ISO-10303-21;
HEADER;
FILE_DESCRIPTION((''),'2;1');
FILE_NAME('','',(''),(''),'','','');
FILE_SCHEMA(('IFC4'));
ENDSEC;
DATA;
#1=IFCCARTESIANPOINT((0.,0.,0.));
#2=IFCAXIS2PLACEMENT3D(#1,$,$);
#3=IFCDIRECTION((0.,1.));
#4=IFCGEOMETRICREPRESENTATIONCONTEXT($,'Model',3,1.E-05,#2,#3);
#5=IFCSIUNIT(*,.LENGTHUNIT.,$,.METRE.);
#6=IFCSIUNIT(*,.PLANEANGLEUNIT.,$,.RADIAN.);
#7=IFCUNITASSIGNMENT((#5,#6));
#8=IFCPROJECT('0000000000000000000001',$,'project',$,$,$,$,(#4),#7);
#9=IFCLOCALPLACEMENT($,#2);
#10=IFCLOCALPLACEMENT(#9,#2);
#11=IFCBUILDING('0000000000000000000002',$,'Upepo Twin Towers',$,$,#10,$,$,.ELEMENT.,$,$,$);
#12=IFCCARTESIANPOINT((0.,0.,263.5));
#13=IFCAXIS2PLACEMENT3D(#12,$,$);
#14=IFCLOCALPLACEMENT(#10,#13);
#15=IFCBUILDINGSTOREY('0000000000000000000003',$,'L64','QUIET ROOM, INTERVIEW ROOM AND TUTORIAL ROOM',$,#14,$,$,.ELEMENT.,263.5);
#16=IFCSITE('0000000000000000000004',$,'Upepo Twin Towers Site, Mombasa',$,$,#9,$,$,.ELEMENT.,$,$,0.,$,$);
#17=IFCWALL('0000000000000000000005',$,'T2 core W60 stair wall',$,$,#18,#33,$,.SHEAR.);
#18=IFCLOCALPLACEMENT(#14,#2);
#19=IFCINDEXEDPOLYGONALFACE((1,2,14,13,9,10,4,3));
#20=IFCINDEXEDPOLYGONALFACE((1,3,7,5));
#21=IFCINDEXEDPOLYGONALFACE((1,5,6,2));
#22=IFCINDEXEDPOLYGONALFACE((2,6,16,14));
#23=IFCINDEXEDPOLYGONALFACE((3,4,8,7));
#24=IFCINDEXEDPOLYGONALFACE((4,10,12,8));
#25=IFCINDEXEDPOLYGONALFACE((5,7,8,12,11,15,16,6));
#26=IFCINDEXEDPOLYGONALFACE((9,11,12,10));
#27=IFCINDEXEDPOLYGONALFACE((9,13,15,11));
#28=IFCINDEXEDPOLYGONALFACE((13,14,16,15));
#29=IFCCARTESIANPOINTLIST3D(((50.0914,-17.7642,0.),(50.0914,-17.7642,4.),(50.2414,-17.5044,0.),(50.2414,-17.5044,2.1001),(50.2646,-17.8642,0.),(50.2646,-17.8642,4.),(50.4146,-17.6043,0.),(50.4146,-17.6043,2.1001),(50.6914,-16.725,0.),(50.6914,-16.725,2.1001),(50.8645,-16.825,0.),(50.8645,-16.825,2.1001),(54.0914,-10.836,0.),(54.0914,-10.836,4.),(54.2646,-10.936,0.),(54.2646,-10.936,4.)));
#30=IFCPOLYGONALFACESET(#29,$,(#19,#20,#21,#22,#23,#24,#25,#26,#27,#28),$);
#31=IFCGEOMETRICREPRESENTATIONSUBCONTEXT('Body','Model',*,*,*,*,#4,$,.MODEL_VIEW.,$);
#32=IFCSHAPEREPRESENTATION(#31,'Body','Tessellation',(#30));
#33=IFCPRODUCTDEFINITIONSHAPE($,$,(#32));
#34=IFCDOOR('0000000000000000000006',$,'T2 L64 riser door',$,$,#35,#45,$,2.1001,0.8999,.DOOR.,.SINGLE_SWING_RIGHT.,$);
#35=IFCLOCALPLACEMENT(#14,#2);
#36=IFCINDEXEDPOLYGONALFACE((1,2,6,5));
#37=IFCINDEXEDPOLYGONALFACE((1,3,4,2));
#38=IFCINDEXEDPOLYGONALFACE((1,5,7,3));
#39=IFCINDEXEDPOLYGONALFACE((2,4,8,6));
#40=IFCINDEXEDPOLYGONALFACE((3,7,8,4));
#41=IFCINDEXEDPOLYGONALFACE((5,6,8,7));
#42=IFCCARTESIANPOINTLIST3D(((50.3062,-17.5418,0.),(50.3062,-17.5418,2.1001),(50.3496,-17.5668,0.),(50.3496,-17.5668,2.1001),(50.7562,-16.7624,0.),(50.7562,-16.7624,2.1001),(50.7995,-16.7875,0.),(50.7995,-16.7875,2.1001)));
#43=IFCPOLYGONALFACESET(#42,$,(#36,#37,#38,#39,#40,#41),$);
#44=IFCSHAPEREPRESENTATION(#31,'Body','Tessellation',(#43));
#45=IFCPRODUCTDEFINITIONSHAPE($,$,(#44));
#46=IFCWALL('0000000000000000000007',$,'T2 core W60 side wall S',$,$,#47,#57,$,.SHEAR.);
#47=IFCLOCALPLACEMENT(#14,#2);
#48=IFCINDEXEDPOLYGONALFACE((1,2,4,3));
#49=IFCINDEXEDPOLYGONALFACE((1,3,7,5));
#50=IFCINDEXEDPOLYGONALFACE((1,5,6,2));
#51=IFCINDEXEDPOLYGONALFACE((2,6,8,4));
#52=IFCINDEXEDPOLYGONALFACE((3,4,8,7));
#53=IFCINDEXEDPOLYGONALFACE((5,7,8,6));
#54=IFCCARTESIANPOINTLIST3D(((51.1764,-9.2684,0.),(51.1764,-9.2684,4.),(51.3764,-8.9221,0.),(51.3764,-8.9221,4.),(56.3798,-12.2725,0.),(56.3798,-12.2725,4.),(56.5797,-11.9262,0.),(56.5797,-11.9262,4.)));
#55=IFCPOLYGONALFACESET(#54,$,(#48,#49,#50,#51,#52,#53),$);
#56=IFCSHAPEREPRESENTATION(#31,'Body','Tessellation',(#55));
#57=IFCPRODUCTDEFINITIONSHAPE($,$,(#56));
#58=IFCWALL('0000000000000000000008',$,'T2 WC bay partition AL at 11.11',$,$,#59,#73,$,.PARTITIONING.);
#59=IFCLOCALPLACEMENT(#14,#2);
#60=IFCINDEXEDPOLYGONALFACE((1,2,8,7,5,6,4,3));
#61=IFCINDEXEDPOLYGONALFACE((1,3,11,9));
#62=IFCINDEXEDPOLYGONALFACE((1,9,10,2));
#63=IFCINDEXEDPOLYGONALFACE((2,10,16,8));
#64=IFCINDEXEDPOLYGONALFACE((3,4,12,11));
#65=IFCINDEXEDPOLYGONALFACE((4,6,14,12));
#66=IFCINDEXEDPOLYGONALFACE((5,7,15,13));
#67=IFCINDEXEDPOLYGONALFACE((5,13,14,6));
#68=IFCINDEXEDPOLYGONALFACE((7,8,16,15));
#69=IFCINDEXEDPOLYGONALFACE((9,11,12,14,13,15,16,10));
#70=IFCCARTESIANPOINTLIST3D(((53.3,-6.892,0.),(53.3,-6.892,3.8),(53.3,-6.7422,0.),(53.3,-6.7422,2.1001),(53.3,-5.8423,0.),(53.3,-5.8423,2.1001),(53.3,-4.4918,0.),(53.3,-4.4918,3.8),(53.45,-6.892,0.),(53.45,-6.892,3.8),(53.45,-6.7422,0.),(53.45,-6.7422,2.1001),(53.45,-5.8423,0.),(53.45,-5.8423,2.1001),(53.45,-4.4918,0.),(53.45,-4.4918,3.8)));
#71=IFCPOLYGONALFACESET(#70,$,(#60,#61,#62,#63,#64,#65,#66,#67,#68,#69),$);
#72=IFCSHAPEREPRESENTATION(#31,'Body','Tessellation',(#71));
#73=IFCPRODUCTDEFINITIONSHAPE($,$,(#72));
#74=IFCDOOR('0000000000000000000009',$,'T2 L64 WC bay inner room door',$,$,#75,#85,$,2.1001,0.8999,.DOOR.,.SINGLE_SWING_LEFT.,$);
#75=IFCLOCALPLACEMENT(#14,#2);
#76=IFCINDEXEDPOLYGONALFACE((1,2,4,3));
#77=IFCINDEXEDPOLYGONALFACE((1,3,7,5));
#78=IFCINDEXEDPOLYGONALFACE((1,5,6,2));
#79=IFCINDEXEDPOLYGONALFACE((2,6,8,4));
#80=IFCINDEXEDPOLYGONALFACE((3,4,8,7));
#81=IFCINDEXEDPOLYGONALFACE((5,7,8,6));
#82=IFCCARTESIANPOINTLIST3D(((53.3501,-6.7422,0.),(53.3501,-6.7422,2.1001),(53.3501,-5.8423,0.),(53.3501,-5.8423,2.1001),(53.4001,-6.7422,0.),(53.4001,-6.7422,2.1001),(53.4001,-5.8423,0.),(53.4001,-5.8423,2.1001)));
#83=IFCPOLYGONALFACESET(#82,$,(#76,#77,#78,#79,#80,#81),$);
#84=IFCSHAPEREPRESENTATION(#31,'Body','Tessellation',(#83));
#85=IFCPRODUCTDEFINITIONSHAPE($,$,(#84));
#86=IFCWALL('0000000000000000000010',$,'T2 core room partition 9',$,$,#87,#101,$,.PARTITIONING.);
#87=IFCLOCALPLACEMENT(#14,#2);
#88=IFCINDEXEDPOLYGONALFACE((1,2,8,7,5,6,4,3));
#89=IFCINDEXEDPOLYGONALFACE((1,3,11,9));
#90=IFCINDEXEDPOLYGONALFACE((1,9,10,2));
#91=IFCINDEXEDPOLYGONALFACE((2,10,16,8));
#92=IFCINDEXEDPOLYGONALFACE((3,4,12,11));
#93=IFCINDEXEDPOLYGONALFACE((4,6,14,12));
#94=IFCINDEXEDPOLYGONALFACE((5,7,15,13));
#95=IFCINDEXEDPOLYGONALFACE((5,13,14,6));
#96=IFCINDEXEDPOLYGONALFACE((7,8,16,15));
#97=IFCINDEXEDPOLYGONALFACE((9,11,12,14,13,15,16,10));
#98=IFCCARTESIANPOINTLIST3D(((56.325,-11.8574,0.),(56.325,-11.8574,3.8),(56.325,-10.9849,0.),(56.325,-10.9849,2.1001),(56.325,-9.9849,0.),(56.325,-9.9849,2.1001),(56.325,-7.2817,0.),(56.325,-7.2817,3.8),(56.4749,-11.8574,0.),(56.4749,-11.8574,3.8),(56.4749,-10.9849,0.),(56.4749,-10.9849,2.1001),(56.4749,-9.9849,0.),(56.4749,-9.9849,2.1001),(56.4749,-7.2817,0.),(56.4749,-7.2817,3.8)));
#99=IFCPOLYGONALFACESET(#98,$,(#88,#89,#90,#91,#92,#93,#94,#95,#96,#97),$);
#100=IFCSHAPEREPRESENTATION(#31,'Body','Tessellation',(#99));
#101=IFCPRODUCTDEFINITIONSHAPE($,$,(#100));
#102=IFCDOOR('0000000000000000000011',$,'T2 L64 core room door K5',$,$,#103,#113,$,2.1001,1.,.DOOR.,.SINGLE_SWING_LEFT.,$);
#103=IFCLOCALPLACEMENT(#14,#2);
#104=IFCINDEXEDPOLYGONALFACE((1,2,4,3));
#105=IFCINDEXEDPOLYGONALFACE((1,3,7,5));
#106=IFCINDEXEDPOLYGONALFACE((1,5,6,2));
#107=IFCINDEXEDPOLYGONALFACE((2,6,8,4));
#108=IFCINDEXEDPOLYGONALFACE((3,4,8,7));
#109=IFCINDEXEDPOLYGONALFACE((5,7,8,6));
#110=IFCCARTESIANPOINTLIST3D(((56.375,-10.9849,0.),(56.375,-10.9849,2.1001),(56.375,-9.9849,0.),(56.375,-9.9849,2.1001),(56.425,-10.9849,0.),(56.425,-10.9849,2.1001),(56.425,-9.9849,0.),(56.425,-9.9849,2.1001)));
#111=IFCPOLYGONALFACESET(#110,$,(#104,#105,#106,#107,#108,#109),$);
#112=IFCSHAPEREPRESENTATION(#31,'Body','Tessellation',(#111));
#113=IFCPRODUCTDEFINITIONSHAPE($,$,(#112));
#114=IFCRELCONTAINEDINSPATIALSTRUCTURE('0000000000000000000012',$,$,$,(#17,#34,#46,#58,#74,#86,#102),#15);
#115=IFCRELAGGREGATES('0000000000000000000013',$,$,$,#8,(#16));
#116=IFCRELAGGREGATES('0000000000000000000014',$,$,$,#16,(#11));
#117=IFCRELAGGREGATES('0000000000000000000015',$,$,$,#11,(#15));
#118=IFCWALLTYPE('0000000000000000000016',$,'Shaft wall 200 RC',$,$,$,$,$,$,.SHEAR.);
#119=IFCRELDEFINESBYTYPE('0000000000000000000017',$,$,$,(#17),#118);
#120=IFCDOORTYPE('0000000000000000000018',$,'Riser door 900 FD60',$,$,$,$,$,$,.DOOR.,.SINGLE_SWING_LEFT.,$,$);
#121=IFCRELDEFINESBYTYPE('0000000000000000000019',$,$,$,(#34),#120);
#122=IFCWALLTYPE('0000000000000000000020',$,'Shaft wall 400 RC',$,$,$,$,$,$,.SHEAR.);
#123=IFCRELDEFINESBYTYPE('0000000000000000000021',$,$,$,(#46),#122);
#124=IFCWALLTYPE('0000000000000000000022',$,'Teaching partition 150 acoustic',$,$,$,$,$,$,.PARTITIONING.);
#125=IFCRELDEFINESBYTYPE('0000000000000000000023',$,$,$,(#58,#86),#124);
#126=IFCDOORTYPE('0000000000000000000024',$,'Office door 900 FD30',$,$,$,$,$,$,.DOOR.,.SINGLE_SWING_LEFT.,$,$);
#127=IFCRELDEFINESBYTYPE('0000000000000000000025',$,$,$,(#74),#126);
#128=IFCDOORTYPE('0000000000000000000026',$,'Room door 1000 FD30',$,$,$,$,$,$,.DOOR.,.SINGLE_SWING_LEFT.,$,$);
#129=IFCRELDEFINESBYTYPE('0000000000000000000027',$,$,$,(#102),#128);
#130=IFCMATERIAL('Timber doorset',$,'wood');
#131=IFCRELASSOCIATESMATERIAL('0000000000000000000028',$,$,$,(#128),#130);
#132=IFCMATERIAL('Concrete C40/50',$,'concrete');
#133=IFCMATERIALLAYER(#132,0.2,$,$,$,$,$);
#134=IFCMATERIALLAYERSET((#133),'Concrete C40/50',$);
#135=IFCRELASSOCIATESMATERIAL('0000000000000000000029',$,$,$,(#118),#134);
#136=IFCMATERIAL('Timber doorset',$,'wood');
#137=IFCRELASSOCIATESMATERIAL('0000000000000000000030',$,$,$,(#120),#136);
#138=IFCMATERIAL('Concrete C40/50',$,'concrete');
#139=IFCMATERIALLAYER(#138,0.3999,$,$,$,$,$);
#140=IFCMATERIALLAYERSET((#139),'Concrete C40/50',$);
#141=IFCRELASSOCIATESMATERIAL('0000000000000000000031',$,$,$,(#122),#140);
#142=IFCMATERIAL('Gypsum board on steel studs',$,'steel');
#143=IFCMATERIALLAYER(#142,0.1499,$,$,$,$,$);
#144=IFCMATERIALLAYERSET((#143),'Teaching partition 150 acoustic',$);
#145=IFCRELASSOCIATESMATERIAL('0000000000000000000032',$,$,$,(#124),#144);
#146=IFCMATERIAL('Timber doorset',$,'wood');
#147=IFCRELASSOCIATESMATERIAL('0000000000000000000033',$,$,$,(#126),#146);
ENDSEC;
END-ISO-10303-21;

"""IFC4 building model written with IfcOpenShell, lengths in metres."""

from ifc_helpers import new_model, si_unit, direction, frame, frame_2d, origin, place, context, subcontext, project, spatial, rectangle, extrude, material, layer, layer_set, type_object, element, fill, save


model = new_model("IFC4")

# Units and contexts
model_context = context("Model", 3, precision=1e-05, world=origin(), true_north=direction((0.0, 1.0)))
body_context = subcontext(model_context, "Body", "Model", "MODEL_VIEW")
ifc_project = project(units=[si_unit("LENGTHUNIT", "METRE"), si_unit("PLANEANGLEUNIT", "RADIAN")], contexts=[model_context])

# Site, building, storey
site_placement = place(None, origin())
site = spatial("IfcSite", under=ifc_project, at=site_placement, Name="Upepo Twin Towers Site, Mombasa", CompositionType="ELEMENT", RefElevation=0.0)
building_placement = place(site_placement, origin())
building = spatial("IfcBuilding", under=site, at=building_placement, Name="Upepo Twin Towers", CompositionType="ELEMENT")
storey_placement = place(building_placement, frame((0.0, 0.0, 263.5)))
storey = spatial("IfcBuildingStorey", under=building, at=storey_placement, Name="L64", Description="QUIET ROOM, INTERVIEW ROOM AND TUTORIAL ROOM", CompositionType="ELEMENT", Elevation=263.5)

# Shared definitions
ifc_material_1 = material(Name="Timber doorset", Category="wood")
door_type_1 = type_object("IfcDoorType", Name="Room door 1000 FD30", OperationType="SINGLE_SWING_LEFT", PredefinedType="DOOR", material=ifc_material_1)

# Shared definitions
ifc_material_2 = material(Name="Concrete C40/50", Category="concrete")
ifc_layer_1 = layer(ifc_material_2, 0.2)
ifc_layer_set_1 = layer_set([ifc_layer_1], Name="Concrete C40/50")
wall_type_1 = type_object("IfcWallType", Name="Shaft wall 200 RC", PredefinedType="SHEAR", material=ifc_layer_set_1)
ifc_material_3 = material(Name="Timber doorset", Category="wood")
door_type_2 = type_object("IfcDoorType", Name="Riser door 900 FD60", OperationType="SINGLE_SWING_LEFT", PredefinedType="DOOR", material=ifc_material_3)

# Wall, opening, door
wall_1_placement = place(storey_placement, frame((54.178, -10.886, 0.0), z_axis=(0.0, 0.0, 1.0), x_axis=(-0.499999, -0.866026, 0.0)))
wall_1 = element("IfcWall", 1, at=wall_1_placement, inside=storey, type_object=wall_type_1, Name="T2 core W60 stair wall", PredefinedType="SHEAR", context=body_context, shape_type="SweptSolid", body=[
    extrude(rectangle(XDim=8.0, YDim=0.2, at=frame_2d((4.0, 0.0))), origin(), (0.0, 0.0, 1.0), 4.0),
])
opening_1_placement = place(wall_1_placement, frame((6.8, 0.0, 0.0)))
opening_1 = element("IfcOpeningElement", 2, at=opening_1_placement, cuts=wall_1, PredefinedType="OPENING", context=body_context, shape_type="SweptSolid", body=[
    extrude(rectangle(XDim=0.8999, YDim=2.1001, at=frame_2d((0.45, 1.05))), frame((0.0, 0.1099, 0.0), z_axis=(0.0, -1.0, 0.0), x_axis=(1.0, 0.0, 0.0)), (0.0, 0.0, 1.0), 0.22),
])
door_1_placement = place(opening_1_placement, origin())
door_1 = element("IfcDoor", 3, at=door_1_placement, inside=storey, type_object=door_type_2, Name="T2 L64 riser door", OperationType="SINGLE_SWING_RIGHT", OverallHeight=2.1001, OverallWidth=0.8999, PredefinedType="DOOR", context=body_context, shape_type="SweptSolid", body=[
    extrude(rectangle(XDim=0.8999, YDim=2.1001, at=frame_2d((0.45, 1.05))), frame((0.0, 0.0249, 0.0), z_axis=(0.0, -1.0, 0.0), x_axis=(1.0, 0.0, 0.0)), (0.0, 0.0, 1.0), 0.05),
])
fill(opening_1, door_1)

# Wall
ifc_material_4 = material(Name="Concrete C40/50", Category="concrete")
ifc_layer_2 = layer(ifc_material_4, 0.3999)
ifc_layer_set_2 = layer_set([ifc_layer_2], Name="Concrete C40/50")
wall_type_2 = type_object("IfcWallType", Name="Shaft wall 400 RC", PredefinedType="SHEAR", material=ifc_layer_set_2)
wall_2_placement = place(storey_placement, frame((56.4797, -12.0994, 0.0), z_axis=(0.0, 0.0, 1.0), x_axis=(-0.866027, 0.499998, 0.0)))
element("IfcWall", 4, at=wall_2_placement, inside=storey, type_object=wall_type_2, Name="T2 core W60 side wall S", PredefinedType="SHEAR", context=body_context, shape_type="SweptSolid", body=[
    extrude(rectangle(XDim=6.0083, YDim=0.3999, at=frame_2d((3.0042, 0.0))), origin(), (0.0, 0.0, 1.0), 4.0),
])

# Walls, openings, doors
ifc_material_5 = material(Name="Gypsum board on steel studs", Category="steel")
ifc_layer_3 = layer(ifc_material_5, 0.1499)
ifc_layer_set_3 = layer_set([ifc_layer_3], Name="Teaching partition 150 acoustic")
wall_type_3 = type_object("IfcWallType", Name="Teaching partition 150 acoustic", PredefinedType="PARTITIONING", material=ifc_layer_set_3)
wall_3_placement = place(storey_placement, frame((53.375, -6.8921, 0.0), z_axis=(0.0, 0.0, 1.0), x_axis=(0.0, 1.0, 0.0)))
wall_3 = element("IfcWall", 5, at=wall_3_placement, inside=storey, type_object=wall_type_3, Name="T2 WC bay partition AL at 11.11", PredefinedType="PARTITIONING", context=body_context, shape_type="SweptSolid", body=[
    extrude(rectangle(XDim=2.4001, YDim=0.1499, at=frame_2d((1.2002, 0.0))), origin(), (0.0, 0.0, 1.0), 3.8),
])
opening_2_placement = place(wall_3_placement, frame((0.1499, 0.0, 0.0)))
opening_2 = element("IfcOpeningElement", 6, at=opening_2_placement, cuts=wall_3, PredefinedType="OPENING", context=body_context, shape_type="SweptSolid", body=[
    extrude(rectangle(XDim=0.8999, YDim=2.1001, at=frame_2d((0.45, 1.05))), frame((0.0, 0.085, 0.0), z_axis=(0.0, -1.0, 0.0), x_axis=(1.0, 0.0, 0.0)), (0.0, 0.0, 1.0), 0.1699),
])
ifc_material_6 = material(Name="Timber doorset", Category="wood")
door_type_3 = type_object("IfcDoorType", Name="Office door 900 FD30", OperationType="SINGLE_SWING_LEFT", PredefinedType="DOOR", material=ifc_material_6)
door_2_placement = place(opening_2_placement, origin())
door_2 = element("IfcDoor", 7, at=door_2_placement, inside=storey, type_object=door_type_3, Name="T2 L64 WC bay inner room door", OperationType="SINGLE_SWING_LEFT", OverallHeight=2.1001, OverallWidth=0.8999, PredefinedType="DOOR", context=body_context, shape_type="SweptSolid", body=[
    extrude(rectangle(XDim=0.8999, YDim=2.1001, at=frame_2d((0.45, 1.05))), frame((0.0, 0.0249, 0.0), z_axis=(0.0, -1.0, 0.0), x_axis=(1.0, 0.0, 0.0)), (0.0, 0.0, 1.0), 0.05),
])
fill(opening_2, door_2)
wall_4_placement = place(storey_placement, frame((56.3999, -11.8574, 0.0), z_axis=(0.0, 0.0, 1.0), x_axis=(0.0, 1.0, 0.0)))
wall_4 = element("IfcWall", 8, at=wall_4_placement, inside=storey, type_object=wall_type_3, Name="T2 core room partition 9", PredefinedType="PARTITIONING", context=body_context, shape_type="SweptSolid", body=[
    extrude(rectangle(XDim=4.5757, YDim=0.1499, at=frame_2d((2.2878, 0.0))), origin(), (0.0, 0.0, 1.0), 3.8),
])
opening_3_placement = place(wall_4_placement, frame((0.8726, 0.0, 0.0)))
opening_3 = element("IfcOpeningElement", 9, at=opening_3_placement, cuts=wall_4, PredefinedType="OPENING", context=body_context, shape_type="SweptSolid", body=[
    extrude(rectangle(XDim=1.0, YDim=2.1001, at=frame_2d((0.5, 1.05))), frame((0.0, 0.085, 0.0), z_axis=(0.0, -1.0, 0.0), x_axis=(1.0, 0.0, 0.0)), (0.0, 0.0, 1.0), 0.1699),
])
door_3_placement = place(opening_3_placement, origin())
door_3 = element("IfcDoor", 10, at=door_3_placement, inside=storey, type_object=door_type_1, Name="T2 L64 core room door K5", OperationType="SINGLE_SWING_LEFT", OverallHeight=2.1001, OverallWidth=1.0, PredefinedType="DOOR", context=body_context, shape_type="SweptSolid", body=[
    extrude(rectangle(XDim=1.0, YDim=2.1001, at=frame_2d((0.5, 1.05))), frame((0.0, 0.0249, 0.0), z_axis=(0.0, -1.0, 0.0), x_axis=(1.0, 0.0, 0.0)), (0.0, 0.0, 1.0), 0.05),
])
fill(opening_3, door_3)

save(model, "model.ifc")
